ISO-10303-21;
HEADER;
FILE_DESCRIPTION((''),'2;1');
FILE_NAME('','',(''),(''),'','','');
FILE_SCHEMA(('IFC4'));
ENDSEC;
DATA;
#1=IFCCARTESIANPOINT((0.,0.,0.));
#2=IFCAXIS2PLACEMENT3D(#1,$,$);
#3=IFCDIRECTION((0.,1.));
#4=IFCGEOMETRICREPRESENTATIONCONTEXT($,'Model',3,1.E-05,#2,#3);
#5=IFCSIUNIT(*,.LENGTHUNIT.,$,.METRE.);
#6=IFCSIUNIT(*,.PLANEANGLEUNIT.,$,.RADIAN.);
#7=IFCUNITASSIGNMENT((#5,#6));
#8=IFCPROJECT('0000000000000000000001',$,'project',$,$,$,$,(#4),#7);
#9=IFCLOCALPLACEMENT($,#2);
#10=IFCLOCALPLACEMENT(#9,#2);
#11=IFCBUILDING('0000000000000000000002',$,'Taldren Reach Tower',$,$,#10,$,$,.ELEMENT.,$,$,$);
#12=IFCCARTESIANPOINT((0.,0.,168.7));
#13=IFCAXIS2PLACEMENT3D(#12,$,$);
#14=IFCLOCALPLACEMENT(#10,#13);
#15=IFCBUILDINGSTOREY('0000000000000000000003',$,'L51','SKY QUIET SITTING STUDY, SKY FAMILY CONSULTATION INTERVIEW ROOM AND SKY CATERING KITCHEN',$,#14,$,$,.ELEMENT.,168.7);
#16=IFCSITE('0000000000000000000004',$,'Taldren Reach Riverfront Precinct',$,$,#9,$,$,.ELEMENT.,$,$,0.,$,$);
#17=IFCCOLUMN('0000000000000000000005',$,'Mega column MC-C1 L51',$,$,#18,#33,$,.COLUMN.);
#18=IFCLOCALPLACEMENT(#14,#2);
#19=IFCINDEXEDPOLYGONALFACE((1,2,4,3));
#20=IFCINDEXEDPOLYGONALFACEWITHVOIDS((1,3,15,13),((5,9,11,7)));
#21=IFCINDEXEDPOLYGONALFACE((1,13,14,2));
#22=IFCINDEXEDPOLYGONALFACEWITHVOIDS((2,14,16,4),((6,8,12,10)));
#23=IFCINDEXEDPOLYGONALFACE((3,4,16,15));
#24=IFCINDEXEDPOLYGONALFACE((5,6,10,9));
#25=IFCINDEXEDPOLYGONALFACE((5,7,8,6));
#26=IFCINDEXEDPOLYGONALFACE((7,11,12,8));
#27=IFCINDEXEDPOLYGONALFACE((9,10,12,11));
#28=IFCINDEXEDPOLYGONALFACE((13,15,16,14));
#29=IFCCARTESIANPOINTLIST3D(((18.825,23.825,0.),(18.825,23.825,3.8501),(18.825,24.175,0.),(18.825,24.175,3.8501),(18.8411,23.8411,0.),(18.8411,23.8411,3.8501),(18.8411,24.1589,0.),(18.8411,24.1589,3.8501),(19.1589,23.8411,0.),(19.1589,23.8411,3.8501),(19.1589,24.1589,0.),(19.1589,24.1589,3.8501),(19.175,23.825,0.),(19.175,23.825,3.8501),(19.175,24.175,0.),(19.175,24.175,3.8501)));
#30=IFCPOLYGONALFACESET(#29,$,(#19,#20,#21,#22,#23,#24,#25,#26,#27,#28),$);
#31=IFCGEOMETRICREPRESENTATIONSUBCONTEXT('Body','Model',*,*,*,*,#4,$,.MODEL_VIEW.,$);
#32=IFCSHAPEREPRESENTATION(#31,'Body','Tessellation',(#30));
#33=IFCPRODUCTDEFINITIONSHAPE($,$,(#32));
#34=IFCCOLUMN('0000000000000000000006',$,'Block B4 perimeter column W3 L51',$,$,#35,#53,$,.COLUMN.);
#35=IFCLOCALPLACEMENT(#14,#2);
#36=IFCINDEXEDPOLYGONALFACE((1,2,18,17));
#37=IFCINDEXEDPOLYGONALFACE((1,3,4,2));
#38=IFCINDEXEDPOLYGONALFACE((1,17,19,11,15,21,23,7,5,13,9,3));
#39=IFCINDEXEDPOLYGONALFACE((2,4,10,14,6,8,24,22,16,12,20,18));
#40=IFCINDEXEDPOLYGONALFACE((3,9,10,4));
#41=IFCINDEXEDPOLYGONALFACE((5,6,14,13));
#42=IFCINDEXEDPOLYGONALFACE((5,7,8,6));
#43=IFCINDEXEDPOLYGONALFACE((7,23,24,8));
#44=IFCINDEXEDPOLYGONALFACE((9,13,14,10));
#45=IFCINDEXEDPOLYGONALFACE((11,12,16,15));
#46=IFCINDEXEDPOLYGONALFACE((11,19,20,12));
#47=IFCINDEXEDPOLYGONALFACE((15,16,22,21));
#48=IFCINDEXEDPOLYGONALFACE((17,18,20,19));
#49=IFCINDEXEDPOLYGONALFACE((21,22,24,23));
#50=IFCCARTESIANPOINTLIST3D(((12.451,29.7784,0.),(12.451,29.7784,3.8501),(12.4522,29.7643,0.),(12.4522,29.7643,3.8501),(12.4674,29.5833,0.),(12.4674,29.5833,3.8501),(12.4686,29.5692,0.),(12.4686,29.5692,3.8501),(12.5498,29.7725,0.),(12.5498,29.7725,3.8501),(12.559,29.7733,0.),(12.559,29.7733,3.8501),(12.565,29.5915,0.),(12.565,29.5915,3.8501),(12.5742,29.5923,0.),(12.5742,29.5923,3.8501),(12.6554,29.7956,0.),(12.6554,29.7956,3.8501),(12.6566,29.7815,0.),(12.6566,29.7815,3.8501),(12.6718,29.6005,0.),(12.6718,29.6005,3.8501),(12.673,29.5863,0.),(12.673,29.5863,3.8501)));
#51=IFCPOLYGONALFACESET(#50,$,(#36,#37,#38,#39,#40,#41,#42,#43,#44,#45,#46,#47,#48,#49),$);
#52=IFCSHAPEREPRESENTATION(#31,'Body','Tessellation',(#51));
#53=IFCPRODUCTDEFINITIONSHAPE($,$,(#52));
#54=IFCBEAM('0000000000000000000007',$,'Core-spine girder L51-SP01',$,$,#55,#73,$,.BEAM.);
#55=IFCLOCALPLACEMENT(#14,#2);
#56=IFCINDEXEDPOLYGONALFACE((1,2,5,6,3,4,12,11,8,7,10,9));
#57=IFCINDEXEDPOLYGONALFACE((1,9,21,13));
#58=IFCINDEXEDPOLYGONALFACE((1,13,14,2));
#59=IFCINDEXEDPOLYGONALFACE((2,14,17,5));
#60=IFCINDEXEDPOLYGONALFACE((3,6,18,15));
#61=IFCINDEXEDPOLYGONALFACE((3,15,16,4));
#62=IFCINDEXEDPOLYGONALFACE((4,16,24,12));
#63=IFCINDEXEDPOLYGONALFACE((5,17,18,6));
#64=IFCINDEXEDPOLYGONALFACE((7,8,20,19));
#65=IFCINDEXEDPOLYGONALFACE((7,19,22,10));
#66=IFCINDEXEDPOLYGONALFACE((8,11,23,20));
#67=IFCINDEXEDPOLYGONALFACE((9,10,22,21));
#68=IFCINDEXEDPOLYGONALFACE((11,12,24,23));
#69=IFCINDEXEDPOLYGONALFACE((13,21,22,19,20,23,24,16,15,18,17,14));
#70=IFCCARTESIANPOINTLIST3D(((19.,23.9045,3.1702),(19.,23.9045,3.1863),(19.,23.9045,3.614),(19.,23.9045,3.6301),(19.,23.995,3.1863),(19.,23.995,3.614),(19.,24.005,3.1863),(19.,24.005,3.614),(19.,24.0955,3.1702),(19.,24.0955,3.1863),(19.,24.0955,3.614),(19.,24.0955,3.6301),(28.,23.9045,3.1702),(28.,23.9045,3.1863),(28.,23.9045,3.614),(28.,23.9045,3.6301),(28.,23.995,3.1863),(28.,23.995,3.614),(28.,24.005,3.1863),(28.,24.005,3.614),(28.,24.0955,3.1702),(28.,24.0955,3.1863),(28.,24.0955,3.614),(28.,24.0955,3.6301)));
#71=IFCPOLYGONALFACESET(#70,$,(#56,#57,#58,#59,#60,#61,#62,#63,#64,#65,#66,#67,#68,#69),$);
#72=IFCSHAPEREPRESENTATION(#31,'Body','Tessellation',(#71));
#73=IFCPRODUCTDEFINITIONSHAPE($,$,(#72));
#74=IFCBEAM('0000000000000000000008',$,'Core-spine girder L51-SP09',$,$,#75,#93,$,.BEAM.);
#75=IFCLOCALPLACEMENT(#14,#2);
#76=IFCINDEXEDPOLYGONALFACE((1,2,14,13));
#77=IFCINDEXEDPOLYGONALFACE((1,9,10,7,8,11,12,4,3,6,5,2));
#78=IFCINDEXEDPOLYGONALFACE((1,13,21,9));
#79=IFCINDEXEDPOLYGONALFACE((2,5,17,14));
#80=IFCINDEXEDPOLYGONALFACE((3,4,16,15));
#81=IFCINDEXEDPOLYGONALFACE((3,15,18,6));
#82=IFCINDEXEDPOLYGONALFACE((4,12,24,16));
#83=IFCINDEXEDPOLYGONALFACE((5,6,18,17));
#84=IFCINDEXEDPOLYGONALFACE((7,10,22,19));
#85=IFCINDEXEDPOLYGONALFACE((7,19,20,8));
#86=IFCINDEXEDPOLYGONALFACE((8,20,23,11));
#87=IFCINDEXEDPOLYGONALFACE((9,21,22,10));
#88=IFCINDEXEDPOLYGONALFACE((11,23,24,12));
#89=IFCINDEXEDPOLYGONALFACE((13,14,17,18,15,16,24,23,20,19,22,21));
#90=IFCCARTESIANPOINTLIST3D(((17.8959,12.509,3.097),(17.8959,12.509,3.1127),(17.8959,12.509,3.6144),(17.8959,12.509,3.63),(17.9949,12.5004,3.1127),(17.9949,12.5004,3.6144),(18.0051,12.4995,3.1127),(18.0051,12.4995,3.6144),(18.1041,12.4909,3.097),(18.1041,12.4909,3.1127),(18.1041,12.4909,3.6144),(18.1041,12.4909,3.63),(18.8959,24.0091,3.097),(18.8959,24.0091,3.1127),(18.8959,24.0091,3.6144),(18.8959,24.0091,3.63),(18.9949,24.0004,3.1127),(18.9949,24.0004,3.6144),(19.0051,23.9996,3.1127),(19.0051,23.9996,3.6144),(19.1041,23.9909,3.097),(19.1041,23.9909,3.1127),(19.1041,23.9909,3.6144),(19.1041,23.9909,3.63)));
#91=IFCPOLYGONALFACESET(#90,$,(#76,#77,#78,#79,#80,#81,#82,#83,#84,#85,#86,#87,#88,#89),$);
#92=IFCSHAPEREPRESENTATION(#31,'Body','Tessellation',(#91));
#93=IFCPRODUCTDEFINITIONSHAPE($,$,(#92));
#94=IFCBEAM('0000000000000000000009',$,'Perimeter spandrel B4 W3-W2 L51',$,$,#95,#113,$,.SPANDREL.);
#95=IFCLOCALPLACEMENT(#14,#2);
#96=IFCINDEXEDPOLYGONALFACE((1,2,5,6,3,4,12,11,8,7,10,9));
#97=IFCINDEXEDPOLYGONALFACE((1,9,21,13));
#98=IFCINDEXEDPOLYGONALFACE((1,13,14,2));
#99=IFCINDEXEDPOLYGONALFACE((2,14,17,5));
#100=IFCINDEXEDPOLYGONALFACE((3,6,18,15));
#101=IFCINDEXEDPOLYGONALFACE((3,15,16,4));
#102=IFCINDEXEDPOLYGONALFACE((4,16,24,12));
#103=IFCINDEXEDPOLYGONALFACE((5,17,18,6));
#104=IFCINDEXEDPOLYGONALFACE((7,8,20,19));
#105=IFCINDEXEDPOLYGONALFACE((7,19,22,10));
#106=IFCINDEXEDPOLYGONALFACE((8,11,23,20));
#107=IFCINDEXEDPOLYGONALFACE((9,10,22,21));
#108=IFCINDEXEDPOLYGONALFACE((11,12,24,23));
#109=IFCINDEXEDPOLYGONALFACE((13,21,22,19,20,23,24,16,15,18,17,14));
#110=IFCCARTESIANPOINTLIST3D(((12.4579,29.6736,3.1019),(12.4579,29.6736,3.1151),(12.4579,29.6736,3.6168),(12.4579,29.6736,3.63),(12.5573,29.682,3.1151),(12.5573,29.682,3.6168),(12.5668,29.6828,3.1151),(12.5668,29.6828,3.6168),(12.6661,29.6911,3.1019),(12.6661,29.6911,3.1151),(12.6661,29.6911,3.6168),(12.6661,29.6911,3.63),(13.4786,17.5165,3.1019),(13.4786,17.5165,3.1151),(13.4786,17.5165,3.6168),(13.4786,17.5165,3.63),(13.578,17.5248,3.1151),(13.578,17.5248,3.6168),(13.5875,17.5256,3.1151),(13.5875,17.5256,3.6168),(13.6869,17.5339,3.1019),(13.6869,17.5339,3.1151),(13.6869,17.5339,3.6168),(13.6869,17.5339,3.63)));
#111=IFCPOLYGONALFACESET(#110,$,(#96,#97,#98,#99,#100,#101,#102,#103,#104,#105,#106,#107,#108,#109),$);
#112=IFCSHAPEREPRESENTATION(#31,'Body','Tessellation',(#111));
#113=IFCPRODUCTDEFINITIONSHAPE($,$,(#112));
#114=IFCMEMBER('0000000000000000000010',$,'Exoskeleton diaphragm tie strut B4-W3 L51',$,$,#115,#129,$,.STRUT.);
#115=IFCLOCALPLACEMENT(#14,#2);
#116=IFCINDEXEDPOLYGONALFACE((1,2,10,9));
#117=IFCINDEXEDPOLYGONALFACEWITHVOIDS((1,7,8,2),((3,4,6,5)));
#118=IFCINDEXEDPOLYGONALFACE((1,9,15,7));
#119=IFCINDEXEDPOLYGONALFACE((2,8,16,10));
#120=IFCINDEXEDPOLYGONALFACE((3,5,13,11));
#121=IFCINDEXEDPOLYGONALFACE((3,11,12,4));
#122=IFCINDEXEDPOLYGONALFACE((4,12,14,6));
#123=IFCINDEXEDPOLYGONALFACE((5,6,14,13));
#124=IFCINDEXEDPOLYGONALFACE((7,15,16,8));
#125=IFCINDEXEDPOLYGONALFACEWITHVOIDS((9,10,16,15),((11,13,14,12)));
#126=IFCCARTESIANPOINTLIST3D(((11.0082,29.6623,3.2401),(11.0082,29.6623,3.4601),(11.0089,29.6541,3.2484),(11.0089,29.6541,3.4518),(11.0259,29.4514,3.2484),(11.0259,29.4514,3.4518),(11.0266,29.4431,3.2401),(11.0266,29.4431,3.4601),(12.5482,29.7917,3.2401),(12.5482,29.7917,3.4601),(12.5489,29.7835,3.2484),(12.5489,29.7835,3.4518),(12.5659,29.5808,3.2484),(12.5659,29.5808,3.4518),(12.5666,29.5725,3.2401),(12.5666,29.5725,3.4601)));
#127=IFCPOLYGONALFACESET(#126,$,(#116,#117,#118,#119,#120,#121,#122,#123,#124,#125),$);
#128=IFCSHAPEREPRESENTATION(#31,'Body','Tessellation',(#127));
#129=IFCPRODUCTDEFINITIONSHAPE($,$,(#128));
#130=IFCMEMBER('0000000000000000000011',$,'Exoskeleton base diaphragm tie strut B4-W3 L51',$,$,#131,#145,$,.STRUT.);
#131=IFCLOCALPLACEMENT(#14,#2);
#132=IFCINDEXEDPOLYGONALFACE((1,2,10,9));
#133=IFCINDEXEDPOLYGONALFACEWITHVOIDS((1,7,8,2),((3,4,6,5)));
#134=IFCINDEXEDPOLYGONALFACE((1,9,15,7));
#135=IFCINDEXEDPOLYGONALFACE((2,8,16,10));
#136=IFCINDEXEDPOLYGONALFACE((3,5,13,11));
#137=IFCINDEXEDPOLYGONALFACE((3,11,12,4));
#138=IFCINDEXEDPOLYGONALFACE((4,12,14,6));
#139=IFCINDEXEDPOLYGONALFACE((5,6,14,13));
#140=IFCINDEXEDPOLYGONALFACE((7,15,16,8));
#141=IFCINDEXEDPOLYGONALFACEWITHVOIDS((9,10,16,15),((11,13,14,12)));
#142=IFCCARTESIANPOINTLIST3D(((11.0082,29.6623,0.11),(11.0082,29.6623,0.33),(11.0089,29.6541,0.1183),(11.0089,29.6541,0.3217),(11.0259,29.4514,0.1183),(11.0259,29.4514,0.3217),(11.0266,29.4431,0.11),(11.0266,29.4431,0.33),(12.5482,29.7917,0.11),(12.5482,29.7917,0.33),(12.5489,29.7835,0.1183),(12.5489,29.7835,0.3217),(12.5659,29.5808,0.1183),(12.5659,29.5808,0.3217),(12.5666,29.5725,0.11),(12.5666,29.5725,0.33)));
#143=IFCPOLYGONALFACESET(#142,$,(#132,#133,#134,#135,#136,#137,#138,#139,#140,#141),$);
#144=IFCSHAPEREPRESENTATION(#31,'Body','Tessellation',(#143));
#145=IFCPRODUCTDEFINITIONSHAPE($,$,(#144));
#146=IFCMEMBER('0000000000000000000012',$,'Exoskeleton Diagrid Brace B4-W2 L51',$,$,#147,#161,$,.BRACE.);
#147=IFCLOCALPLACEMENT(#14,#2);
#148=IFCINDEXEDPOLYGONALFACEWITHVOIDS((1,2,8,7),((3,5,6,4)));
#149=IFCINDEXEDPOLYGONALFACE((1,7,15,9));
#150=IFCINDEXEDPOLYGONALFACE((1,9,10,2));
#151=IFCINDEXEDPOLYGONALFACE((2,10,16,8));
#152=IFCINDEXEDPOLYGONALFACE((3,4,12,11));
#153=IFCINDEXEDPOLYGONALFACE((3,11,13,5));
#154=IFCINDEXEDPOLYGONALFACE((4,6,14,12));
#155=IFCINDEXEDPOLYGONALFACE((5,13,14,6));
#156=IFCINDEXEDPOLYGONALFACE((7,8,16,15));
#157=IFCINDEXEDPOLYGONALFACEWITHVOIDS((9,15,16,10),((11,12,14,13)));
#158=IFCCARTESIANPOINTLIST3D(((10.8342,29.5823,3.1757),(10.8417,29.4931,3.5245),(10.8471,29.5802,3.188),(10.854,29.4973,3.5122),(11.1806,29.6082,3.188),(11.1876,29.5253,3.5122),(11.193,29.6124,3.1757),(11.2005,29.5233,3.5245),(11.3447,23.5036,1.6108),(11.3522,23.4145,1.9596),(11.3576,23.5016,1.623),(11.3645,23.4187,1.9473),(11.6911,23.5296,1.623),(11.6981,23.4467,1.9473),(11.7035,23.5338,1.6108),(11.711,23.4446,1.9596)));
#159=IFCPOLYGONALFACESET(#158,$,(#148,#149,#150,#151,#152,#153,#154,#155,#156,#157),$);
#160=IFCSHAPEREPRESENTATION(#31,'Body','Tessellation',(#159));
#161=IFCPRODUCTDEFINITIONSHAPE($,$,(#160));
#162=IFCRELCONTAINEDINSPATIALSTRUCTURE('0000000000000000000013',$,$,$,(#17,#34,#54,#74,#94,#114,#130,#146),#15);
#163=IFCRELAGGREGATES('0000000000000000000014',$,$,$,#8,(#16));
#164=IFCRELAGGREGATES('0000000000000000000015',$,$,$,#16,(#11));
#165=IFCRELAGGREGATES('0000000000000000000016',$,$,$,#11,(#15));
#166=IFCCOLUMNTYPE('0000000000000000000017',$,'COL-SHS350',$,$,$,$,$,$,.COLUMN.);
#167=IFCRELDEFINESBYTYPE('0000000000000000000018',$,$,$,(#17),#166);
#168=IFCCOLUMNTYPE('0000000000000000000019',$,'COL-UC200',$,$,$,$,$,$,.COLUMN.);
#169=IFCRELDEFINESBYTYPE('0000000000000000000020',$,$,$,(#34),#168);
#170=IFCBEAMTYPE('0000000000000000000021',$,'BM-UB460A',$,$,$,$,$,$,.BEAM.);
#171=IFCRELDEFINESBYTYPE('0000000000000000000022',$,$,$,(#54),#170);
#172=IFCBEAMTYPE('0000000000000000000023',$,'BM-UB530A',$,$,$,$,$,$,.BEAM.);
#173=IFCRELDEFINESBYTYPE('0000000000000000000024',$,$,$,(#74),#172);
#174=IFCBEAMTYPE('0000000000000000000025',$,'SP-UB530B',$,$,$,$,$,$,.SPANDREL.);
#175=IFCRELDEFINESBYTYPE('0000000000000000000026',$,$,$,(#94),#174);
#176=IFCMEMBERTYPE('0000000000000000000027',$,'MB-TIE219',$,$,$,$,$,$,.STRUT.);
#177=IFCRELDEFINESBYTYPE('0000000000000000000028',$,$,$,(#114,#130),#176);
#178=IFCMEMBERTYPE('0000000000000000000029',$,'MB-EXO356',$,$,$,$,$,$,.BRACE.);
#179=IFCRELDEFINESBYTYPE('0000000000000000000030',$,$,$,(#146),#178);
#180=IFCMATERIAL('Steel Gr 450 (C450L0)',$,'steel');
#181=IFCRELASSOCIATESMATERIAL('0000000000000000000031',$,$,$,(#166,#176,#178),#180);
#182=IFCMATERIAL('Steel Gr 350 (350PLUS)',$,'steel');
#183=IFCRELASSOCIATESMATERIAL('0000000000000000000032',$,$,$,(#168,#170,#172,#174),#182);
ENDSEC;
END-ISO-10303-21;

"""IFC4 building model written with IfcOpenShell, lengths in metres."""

from ifc_helpers import new_model, si_unit, direction, frame, origin, origin_2d, place, context, subcontext, project, spatial, hollow_rectangle, i_section, extrude, source, transform, mapped, material, material_profile, profile_set, type_object, element, save


model = new_model("IFC4")

# Units and contexts
model_context = context("Model", 3, precision=1e-05, world=origin(), true_north=direction((0.0, 1.0)))
body_context = subcontext(model_context, "Body", "Model", "MODEL_VIEW")
ifc_project = project(units=[si_unit("LENGTHUNIT", "METRE"), si_unit("PLANEANGLEUNIT", "RADIAN")], contexts=[model_context])

# Site, building, storey
site_placement = place(None, origin())
site = spatial("IfcSite", under=ifc_project, at=site_placement, Name="Taldren Reach Riverfront Precinct", CompositionType="ELEMENT", RefElevation=0.0)
building_placement = place(site_placement, origin())
building = spatial("IfcBuilding", under=site, at=building_placement, Name="Taldren Reach Tower", CompositionType="ELEMENT")
storey_placement = place(building_placement, frame((0.0, 0.0, 168.7)))
storey = spatial("IfcBuildingStorey", under=building, at=storey_placement, Name="L51", Description="SKY QUIET SITTING STUDY, SKY FAMILY CONSULTATION INTERVIEW ROOM AND SKY CATERING KITCHEN", CompositionType="ELEMENT", Elevation=168.7)

# Columns
ifc_material_1 = material(Name="Steel Gr 450 (C450L0)", Category="steel")
ifc_material_profile_1 = material_profile(ifc_material_1, hollow_rectangle(XDim=0.3501, YDim=0.3501, WallThickness=0.0161, at=origin_2d()), Name="350x350x16.0SHS")
ifc_profile_set_1 = profile_set([ifc_material_profile_1], Name="Steel Gr 450 (C450L0)")
column_type_1 = type_object("IfcColumnType", Name="COL-SHS350", PredefinedType="COLUMN", material=ifc_profile_set_1)
shared_shape_1 = source(origin(), body_context, "Body", "SweptSolid", [
    extrude(hollow_rectangle(XDim=0.3501, YDim=0.3501, WallThickness=0.0161, at=origin_2d()), origin(), (0.0, 0.0, 1.0), 3.8501),
])
column_1_placement = place(storey_placement, frame((19.0, 24.0, 0.0), z_axis=(0.0, 0.0, 1.0), x_axis=(1.0, 0.0, 0.0)))
element("IfcColumn", 1, at=column_1_placement, inside=storey, type_object=column_type_1, Name="Mega column MC-C1 L51", PredefinedType="COLUMN", context=body_context, shape_type="MappedRepresentation", body=[
    mapped(shared_shape_1, transform((0.0, 0.0, 0.0), scale=1.0)),
])
ifc_material_2 = material(Name="Steel Gr 350 (350PLUS)", Category="steel")
ifc_material_profile_2 = material_profile(ifc_material_2, i_section(OverallWidth=0.2051, OverallDepth=0.21, WebThickness=0.0093, FlangeThickness=0.0142, at=origin_2d()), Name="200UC59.5")
ifc_profile_set_2 = profile_set([ifc_material_profile_2], Name="Steel Gr 350 (350PLUS)")
column_type_2 = type_object("IfcColumnType", Name="COL-UC200", PredefinedType="COLUMN", material=ifc_profile_set_2)
shared_shape_2 = source(origin(), body_context, "Body", "SweptSolid", [
    extrude(i_section(OverallWidth=0.2051, OverallDepth=0.21, WebThickness=0.0093, FlangeThickness=0.0142, at=origin_2d()), origin(), (0.0, 0.0, 1.0), 3.8501),
])
column_2_placement = place(storey_placement, frame((12.562, 29.6824, 0.0), z_axis=(0.0, 0.0, 1.0), x_axis=(0.996493, 0.083678, 0.0)))
element("IfcColumn", 2, at=column_2_placement, inside=storey, type_object=column_type_2, Name="Block B4 perimeter column W3 L51", PredefinedType="COLUMN", context=body_context, shape_type="MappedRepresentation", body=[
    mapped(shared_shape_2, transform((0.0, 0.0, 0.0), scale=1.0)),
])

# Beams
ifc_material_profile_3 = material_profile(ifc_material_2, i_section(OverallWidth=0.1909, OverallDepth=0.46, WebThickness=0.01, FlangeThickness=0.0161, at=origin_2d()), Name="460UB82.1")
ifc_profile_set_3 = profile_set([ifc_material_profile_3], Name="Steel Gr 350 (350PLUS)")
beam_type_1 = type_object("IfcBeamType", Name="BM-UB460A", PredefinedType="BEAM", material=ifc_profile_set_3)
shared_shape_3 = source(origin(), body_context, "Body", "SweptSolid", [
    extrude(i_section(OverallWidth=0.1909, OverallDepth=0.46, WebThickness=0.01, FlangeThickness=0.0161, at=origin_2d()), origin(), (0.0, 0.0, 1.0), 9.0),
])
beam_1_placement = place(storey_placement, frame((19.0, 24.0, 3.4001), z_axis=(1.0, 0.0, 0.0), x_axis=(0.0, 1.0, 0.0)))
element("IfcBeam", 3, at=beam_1_placement, inside=storey, type_object=beam_type_1, Name="Core-spine girder L51-SP01", PredefinedType="BEAM", context=body_context, shape_type="MappedRepresentation", body=[
    mapped(shared_shape_3, transform((0.0, 0.0, 0.0), scale=1.0)),
])
ifc_material_profile_4 = material_profile(ifc_material_2, i_section(OverallWidth=0.209, OverallDepth=0.533, WebThickness=0.0103, FlangeThickness=0.0156, at=origin_2d()), Name="530UB92.4")
ifc_profile_set_4 = profile_set([ifc_material_profile_4], Name="Steel Gr 350 (350PLUS)")
beam_type_2 = type_object("IfcBeamType", Name="BM-UB530A", PredefinedType="BEAM", material=ifc_profile_set_4)
shared_shape_4 = source(origin(), body_context, "Body", "SweptSolid", [
    extrude(i_section(OverallWidth=0.209, OverallDepth=0.533, WebThickness=0.0103, FlangeThickness=0.0156, at=origin_2d()), origin(), (0.0, 0.0, 1.0), 11.5435),
])
beam_2_placement = place(storey_placement, frame((19.0, 24.0, 3.3635), z_axis=(-0.08663, -0.996241, 0.0), x_axis=(0.996241, -0.08663, 0.0)))
element("IfcBeam", 4, at=beam_2_placement, inside=storey, type_object=beam_type_2, Name="Core-spine girder L51-SP09", PredefinedType="BEAM", context=body_context, shape_type="MappedRepresentation", body=[
    mapped(shared_shape_4, transform((0.0, 0.0, 0.0), scale=1.0)),
])
ifc_material_profile_5 = material_profile(ifc_material_2, i_section(OverallWidth=0.209, OverallDepth=0.5281, WebThickness=0.0095, FlangeThickness=0.0132, at=origin_2d()), Name="530UB82.0")
ifc_profile_set_5 = profile_set([ifc_material_profile_5], Name="Steel Gr 350 (350PLUS)")
beam_type_3 = type_object("IfcBeamType", Name="SP-UB530B", PredefinedType="SPANDREL", material=ifc_profile_set_5)
shared_shape_5 = source(origin(), body_context, "Body", "SweptSolid", [
    extrude(i_section(OverallWidth=0.209, OverallDepth=0.5281, WebThickness=0.0095, FlangeThickness=0.0132, at=origin_2d()), origin(), (0.0, 0.0, 1.0), 12.2),
])
beam_3_placement = place(storey_placement, frame((12.562, 29.6824, 3.366), z_axis=(0.083668, -0.996494, 0.0), x_axis=(0.996494, 0.083668, 0.0)))
element("IfcBeam", 5, at=beam_3_placement, inside=storey, type_object=beam_type_3, Name="Perimeter spandrel B4 W3-W2 L51", PredefinedType="SPANDREL", context=body_context, shape_type="MappedRepresentation", body=[
    mapped(shared_shape_5, transform((0.0, 0.0, 0.0), scale=1.0)),
])

# Members
ifc_material_profile_6 = material_profile(ifc_material_1, hollow_rectangle(XDim=0.22, YDim=0.22, WallThickness=0.0083, at=origin_2d()), Name="220x220x8.2SHS")
ifc_profile_set_6 = profile_set([ifc_material_profile_6], Name="Steel Gr 450 (C450L0)")
member_type_1 = type_object("IfcMemberType", Name="MB-TIE219", PredefinedType="STRUT", material=ifc_profile_set_6)
shared_shape_6 = source(origin(), body_context, "Body", "SweptSolid", [
    extrude(hollow_rectangle(XDim=0.22, YDim=0.22, WallThickness=0.0083, at=origin_2d()), origin(), (0.0, 0.0, 1.0), 1.5454),
])
for number, where, z_axis, x_axis, name in (
    (6, (12.5574, 29.6821, 3.3501), (-0.996489, -0.083725, 0.0), (0.083725, -0.996489, 0.0), "Exoskeleton diaphragm tie strut B4-W3 L51"),
    (7, (12.5574, 29.6821, 0.22), (-0.996489, -0.083725, 0.0), (0.083725, -0.996489, 0.0), "Exoskeleton base diaphragm tie strut B4-W3 L51"),
):
    element("IfcMember", number, at=place(storey_placement, frame(where, z_axis=z_axis, x_axis=x_axis)), inside=storey, type_object=member_type_1, Name=name, PredefinedType="STRUT", context=body_context, shape_type="MappedRepresentation", body=[
        mapped(shared_shape_6, transform((0.0, 0.0, 0.0), scale=1.0)),
    ])
ifc_material_profile_7 = material_profile(ifc_material_1, hollow_rectangle(XDim=0.3601, YDim=0.3601, WallThickness=0.0127, at=origin_2d()), Name="360x360x12.7SHS")
ifc_profile_set_7 = profile_set([ifc_material_profile_7], Name="Steel Gr 450 (C450L0)")
member_type_2 = type_object("IfcMemberType", Name="MB-EXO356", PredefinedType="BRACE", material=ifc_profile_set_7)
shared_shape_7 = source(origin(), body_context, "Body", "SweptSolid", [
    extrude(hollow_rectangle(XDim=0.3601, YDim=0.3601, WallThickness=0.0127, at=origin_2d()), origin(), (0.0, 0.0, 1.0), 6.2976),
])
member_1_placement = place(storey_placement, frame((11.5278, 23.4741, 1.7852), z_axis=(-0.081063, 0.965234, 0.2485), x_axis=(-0.996492, -0.083688, 0.0)))
element("IfcMember", 8, at=member_1_placement, inside=storey, type_object=member_type_2, Name="Exoskeleton Diagrid Brace B4-W2 L51", PredefinedType="BRACE", context=body_context, shape_type="MappedRepresentation", body=[
    mapped(shared_shape_7, transform((0.0, 0.0, 0.0), scale=1.0)),
])

save(model, "model.ifc")
